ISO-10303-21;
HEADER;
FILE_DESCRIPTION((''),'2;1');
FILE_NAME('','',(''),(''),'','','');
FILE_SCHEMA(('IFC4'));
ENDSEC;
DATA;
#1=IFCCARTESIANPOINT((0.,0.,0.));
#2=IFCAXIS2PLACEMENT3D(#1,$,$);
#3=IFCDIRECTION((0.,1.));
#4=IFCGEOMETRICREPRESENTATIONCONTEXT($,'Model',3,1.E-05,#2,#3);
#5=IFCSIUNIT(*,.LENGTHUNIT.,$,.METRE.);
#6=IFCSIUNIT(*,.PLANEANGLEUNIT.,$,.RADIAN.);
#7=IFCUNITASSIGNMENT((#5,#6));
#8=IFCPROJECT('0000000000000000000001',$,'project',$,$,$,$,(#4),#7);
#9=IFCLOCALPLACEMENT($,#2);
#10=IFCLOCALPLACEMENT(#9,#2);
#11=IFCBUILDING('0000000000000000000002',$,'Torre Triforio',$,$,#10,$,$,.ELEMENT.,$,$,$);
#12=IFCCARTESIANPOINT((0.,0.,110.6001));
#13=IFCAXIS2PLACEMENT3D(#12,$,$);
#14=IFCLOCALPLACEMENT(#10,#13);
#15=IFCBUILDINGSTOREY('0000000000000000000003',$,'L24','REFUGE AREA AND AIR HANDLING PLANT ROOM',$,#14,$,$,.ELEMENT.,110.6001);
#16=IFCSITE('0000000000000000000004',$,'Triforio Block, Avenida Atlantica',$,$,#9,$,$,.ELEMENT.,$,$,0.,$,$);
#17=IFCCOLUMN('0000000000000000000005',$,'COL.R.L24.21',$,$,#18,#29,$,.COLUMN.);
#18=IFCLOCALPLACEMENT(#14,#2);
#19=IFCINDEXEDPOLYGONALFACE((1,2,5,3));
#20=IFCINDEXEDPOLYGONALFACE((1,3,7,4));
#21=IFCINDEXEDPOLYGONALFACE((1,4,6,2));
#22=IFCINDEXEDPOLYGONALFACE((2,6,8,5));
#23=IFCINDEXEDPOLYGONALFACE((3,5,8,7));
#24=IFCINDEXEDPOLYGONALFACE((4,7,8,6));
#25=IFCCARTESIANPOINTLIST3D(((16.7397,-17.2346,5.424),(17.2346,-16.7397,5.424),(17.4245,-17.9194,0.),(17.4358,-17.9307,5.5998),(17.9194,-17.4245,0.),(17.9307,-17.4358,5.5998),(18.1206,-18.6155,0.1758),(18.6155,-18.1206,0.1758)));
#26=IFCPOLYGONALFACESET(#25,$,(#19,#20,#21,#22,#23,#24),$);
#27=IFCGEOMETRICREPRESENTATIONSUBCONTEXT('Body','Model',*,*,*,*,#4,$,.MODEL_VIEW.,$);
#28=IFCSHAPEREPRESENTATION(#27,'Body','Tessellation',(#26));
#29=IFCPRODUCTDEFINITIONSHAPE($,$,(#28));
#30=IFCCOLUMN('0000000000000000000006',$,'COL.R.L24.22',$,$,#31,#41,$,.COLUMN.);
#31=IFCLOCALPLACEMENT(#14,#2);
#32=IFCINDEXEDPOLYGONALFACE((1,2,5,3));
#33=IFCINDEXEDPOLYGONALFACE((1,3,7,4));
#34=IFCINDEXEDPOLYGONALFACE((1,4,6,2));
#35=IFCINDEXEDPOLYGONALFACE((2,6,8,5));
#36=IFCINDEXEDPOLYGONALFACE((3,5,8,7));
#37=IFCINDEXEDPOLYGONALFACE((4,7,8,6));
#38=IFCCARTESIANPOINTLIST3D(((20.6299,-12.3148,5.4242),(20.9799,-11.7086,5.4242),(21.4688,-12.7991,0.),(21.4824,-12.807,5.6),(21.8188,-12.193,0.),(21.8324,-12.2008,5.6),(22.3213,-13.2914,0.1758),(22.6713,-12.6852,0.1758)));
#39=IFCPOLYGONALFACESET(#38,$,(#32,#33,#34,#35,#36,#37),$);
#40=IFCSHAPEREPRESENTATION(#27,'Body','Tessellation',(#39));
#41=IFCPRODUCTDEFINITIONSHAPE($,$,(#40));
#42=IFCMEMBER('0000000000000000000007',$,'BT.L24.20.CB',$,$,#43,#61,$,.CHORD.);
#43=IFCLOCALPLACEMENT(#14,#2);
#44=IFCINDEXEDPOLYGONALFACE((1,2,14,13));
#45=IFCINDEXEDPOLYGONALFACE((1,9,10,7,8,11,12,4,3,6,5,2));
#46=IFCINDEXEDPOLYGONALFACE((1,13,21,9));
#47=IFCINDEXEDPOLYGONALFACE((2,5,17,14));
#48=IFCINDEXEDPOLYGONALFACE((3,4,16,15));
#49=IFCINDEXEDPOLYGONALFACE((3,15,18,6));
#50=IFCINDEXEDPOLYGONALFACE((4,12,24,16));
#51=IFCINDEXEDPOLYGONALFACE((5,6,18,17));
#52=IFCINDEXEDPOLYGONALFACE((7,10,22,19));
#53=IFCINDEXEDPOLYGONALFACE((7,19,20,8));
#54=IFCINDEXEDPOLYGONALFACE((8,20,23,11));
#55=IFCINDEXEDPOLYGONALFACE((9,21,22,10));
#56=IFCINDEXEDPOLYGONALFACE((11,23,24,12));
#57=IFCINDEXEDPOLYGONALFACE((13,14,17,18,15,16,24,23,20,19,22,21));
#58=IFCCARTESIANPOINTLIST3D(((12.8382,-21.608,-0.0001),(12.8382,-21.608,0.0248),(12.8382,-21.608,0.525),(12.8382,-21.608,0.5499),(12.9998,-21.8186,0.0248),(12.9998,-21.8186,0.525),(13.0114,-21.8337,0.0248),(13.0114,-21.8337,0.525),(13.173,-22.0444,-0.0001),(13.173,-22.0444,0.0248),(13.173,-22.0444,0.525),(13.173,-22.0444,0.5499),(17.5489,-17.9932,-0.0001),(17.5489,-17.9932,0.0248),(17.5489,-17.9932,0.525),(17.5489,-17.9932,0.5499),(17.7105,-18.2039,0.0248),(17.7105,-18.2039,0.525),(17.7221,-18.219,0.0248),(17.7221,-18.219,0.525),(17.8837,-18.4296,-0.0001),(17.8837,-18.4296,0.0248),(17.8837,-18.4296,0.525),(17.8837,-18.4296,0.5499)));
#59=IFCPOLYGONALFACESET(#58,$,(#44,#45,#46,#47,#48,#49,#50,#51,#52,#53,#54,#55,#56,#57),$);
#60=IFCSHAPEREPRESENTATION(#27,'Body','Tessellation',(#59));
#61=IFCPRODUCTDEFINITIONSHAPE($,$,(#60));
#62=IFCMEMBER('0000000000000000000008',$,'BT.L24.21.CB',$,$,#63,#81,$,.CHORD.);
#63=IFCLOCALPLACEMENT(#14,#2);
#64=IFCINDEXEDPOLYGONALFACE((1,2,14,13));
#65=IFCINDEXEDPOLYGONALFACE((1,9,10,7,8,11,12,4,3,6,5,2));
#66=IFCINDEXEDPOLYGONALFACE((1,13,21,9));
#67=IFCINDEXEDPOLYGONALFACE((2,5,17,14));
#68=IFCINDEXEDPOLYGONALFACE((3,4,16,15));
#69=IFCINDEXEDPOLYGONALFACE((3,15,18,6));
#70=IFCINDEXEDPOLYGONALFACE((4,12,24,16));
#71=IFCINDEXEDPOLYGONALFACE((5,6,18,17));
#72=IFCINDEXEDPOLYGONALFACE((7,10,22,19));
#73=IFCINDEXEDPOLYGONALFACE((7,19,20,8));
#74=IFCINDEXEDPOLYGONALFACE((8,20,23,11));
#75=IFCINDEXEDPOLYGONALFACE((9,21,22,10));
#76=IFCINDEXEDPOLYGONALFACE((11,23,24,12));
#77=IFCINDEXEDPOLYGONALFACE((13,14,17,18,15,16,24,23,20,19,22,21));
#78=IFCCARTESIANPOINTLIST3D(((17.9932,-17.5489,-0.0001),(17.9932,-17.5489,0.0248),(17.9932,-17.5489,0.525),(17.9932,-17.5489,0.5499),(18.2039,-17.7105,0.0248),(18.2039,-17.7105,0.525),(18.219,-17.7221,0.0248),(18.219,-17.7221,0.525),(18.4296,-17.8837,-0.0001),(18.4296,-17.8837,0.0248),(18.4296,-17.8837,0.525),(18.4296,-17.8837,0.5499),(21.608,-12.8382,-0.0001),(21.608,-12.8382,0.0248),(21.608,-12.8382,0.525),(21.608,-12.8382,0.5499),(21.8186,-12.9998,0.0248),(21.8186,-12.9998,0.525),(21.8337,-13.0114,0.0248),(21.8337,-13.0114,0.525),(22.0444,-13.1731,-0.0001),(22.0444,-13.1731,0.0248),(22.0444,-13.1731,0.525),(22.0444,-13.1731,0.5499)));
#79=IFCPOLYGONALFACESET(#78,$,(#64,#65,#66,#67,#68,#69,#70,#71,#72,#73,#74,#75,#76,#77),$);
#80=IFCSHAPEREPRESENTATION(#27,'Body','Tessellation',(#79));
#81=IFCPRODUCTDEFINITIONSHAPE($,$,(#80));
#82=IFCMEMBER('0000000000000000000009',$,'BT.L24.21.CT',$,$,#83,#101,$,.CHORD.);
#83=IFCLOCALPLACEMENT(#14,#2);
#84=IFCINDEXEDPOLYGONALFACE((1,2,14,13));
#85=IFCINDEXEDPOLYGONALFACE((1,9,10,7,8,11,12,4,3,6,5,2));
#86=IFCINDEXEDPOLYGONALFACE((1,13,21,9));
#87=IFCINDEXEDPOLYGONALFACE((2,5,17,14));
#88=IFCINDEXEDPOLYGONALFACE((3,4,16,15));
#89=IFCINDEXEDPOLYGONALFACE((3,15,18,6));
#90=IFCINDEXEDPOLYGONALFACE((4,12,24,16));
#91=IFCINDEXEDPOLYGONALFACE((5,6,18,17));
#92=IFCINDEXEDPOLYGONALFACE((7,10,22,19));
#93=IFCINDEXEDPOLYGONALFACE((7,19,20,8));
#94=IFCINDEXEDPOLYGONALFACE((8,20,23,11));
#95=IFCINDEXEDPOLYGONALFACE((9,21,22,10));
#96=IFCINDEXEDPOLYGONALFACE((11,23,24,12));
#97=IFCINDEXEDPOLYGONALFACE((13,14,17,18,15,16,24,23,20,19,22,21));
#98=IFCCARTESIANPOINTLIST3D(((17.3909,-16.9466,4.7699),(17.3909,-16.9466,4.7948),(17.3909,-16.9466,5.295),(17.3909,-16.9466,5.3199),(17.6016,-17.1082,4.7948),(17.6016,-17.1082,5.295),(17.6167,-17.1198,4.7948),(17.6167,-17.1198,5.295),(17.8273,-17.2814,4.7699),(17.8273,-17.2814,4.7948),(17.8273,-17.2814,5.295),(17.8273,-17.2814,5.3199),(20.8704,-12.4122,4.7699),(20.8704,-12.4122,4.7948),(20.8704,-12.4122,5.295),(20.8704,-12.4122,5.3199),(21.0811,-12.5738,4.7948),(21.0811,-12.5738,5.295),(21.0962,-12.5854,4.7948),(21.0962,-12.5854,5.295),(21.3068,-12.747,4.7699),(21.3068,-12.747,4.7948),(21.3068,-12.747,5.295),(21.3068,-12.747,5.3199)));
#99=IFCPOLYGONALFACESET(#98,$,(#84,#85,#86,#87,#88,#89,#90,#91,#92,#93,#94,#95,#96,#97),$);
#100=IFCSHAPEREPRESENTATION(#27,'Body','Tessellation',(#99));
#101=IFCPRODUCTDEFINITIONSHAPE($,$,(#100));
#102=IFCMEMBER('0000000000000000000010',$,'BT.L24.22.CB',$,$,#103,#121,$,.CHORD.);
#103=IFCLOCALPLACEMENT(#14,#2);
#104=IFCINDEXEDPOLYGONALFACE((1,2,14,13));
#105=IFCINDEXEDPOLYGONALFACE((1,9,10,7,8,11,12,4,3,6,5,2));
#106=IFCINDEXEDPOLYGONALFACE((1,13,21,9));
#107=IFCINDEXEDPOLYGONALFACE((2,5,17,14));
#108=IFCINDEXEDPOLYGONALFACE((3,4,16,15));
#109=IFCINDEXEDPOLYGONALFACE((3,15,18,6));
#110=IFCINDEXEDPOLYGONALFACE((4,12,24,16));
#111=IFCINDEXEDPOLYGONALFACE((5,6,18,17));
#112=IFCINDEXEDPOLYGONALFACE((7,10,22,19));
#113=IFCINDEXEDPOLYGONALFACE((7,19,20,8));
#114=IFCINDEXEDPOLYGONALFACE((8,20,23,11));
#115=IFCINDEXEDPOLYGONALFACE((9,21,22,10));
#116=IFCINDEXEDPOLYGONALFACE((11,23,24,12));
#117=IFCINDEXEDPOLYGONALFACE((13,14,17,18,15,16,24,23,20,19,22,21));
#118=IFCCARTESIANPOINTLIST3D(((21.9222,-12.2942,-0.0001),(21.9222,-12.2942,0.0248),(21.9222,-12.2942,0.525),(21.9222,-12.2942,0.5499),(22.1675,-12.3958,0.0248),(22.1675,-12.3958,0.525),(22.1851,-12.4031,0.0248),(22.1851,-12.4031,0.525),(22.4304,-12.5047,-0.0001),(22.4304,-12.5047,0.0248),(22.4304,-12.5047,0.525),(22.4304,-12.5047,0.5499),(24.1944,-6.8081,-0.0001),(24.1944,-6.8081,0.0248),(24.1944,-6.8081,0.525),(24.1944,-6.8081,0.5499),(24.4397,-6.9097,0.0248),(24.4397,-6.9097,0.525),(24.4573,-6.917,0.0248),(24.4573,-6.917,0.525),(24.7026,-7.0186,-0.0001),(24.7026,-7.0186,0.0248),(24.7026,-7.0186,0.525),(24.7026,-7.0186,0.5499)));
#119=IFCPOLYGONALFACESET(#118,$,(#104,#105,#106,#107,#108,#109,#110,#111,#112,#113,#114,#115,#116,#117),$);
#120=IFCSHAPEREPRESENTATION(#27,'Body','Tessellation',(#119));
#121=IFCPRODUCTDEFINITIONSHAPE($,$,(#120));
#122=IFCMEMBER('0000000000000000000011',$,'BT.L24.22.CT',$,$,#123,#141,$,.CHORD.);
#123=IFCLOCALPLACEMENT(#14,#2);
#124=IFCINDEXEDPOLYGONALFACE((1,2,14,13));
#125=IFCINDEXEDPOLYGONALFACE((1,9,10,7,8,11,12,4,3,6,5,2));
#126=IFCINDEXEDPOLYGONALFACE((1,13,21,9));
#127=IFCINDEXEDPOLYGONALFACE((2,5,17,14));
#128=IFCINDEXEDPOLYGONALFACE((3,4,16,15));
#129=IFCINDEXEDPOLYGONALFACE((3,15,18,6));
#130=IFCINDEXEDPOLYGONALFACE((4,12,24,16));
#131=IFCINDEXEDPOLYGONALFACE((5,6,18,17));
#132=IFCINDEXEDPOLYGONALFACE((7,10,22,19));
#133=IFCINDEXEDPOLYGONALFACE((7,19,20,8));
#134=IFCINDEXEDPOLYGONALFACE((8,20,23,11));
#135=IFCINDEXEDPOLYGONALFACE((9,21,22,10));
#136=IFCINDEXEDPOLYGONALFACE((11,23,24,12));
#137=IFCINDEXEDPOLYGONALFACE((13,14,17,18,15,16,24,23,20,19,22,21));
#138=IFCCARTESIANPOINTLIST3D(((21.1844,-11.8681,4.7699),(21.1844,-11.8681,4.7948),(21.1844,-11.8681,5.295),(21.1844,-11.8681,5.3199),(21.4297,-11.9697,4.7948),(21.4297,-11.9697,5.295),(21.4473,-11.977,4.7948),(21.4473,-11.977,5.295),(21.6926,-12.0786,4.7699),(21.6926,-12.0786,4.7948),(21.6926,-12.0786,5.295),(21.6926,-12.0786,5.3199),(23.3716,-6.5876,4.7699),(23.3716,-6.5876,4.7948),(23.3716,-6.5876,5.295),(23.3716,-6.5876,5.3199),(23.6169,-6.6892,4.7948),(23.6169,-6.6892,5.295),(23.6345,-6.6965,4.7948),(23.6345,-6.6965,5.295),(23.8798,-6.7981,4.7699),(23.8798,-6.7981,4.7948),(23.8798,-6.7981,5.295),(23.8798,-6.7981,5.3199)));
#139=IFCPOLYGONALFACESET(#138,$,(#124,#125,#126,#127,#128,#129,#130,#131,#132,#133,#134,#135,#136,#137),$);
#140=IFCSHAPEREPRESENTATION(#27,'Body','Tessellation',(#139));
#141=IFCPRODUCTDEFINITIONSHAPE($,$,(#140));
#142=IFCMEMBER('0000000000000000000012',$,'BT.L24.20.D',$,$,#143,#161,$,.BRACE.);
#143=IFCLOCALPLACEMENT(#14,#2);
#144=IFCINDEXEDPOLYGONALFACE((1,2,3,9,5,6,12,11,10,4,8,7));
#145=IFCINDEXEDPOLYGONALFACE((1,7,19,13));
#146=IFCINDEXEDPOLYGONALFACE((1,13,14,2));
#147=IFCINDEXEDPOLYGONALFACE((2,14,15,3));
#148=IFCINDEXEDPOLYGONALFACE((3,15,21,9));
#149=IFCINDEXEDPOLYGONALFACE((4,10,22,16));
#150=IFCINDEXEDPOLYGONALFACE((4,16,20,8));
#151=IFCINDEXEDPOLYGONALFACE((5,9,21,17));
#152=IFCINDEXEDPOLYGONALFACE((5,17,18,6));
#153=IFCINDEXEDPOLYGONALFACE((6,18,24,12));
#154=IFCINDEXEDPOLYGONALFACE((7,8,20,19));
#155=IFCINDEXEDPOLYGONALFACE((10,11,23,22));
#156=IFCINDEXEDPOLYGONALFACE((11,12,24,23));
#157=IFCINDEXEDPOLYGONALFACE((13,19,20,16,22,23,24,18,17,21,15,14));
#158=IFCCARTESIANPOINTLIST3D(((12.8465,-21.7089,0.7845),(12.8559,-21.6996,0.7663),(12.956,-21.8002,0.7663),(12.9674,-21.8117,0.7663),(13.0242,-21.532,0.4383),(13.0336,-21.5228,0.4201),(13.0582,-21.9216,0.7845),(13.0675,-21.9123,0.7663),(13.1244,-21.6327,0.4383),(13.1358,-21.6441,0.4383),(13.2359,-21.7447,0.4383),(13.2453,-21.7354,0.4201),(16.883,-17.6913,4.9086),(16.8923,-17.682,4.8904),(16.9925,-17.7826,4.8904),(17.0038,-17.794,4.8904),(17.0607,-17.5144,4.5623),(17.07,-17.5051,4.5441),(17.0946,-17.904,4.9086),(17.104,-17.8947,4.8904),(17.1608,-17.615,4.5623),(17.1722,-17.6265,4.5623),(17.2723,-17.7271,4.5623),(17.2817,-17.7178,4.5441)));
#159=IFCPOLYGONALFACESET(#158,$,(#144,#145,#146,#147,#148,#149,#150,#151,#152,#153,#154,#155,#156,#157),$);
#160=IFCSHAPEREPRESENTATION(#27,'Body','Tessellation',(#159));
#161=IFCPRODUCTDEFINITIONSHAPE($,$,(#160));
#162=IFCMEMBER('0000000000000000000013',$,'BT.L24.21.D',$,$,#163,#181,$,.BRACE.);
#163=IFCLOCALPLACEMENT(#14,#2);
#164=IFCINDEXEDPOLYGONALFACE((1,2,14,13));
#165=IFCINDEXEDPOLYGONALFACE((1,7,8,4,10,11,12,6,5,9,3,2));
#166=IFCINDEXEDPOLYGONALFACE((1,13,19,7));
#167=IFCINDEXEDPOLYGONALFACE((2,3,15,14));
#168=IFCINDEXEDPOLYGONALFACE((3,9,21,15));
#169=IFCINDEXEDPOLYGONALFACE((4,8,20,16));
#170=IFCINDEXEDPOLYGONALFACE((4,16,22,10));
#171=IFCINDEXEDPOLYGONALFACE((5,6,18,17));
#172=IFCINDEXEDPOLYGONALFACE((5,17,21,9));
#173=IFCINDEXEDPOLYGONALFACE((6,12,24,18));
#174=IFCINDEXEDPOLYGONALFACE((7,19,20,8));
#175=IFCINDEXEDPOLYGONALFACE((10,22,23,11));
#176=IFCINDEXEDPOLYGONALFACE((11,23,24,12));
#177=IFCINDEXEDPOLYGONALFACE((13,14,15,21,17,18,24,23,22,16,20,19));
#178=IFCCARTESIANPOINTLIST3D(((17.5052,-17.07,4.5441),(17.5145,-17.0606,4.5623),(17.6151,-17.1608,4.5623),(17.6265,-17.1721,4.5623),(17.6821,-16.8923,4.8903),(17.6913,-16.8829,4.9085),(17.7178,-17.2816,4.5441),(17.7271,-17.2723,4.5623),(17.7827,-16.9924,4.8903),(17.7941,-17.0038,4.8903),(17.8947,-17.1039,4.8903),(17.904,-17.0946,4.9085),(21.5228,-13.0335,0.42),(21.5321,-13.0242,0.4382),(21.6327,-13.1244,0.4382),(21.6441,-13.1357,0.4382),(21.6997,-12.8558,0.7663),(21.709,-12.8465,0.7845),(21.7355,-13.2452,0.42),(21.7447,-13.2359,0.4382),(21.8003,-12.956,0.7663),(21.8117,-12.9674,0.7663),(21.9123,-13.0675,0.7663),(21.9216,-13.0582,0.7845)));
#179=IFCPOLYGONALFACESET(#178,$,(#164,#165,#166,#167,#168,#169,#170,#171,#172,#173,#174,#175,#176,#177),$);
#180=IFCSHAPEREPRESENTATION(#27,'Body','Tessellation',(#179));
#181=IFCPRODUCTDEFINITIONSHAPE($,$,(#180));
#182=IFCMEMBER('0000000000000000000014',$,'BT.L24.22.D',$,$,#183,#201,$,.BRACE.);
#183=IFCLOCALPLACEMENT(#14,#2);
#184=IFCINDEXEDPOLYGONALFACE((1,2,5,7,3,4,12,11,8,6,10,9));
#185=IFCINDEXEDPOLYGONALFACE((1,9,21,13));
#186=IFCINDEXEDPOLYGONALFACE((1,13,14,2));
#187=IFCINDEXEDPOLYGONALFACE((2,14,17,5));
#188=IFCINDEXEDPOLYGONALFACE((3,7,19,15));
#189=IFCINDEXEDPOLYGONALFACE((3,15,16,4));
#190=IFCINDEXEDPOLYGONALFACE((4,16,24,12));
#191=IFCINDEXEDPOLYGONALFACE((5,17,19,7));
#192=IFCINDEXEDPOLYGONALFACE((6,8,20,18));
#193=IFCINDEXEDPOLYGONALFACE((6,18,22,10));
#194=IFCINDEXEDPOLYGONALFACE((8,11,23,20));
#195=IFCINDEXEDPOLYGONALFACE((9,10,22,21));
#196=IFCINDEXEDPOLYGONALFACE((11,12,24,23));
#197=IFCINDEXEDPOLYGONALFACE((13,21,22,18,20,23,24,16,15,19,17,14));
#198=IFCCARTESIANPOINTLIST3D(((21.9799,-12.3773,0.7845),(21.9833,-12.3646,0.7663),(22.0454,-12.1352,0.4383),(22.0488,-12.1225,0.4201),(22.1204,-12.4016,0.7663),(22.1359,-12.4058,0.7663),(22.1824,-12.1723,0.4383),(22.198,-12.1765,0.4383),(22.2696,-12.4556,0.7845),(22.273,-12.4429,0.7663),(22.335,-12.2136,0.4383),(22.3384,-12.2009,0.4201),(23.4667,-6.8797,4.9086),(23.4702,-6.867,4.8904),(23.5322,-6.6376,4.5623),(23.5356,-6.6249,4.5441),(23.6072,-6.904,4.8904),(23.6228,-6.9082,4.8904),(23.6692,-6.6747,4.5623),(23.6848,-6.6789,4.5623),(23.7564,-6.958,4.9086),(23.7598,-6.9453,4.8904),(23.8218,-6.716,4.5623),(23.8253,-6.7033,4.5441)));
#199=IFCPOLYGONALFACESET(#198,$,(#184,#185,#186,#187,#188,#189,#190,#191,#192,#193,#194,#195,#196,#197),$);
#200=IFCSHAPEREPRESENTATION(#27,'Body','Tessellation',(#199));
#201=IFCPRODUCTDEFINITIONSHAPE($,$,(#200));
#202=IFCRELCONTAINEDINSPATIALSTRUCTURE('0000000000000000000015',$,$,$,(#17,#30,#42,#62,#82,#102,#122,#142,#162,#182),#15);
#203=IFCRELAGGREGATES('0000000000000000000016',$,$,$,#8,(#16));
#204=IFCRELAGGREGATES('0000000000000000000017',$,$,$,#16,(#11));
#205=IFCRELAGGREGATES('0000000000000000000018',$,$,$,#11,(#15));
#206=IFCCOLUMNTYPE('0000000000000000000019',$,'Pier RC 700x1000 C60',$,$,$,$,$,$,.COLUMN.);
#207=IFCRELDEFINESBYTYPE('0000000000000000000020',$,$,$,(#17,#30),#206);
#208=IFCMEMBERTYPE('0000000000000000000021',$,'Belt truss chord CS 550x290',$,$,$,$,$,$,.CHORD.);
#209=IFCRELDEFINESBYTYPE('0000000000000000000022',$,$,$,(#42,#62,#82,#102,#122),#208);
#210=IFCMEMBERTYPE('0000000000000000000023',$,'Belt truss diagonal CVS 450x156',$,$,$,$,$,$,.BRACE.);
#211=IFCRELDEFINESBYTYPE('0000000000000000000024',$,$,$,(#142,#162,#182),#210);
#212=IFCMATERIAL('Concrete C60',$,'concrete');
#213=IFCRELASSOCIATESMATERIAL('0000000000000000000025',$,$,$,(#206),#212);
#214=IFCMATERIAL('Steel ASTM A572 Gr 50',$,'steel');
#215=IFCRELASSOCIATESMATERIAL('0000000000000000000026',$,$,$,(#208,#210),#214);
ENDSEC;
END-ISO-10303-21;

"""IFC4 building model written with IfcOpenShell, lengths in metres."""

from ifc_helpers import new_model, si_unit, direction, frame, origin, origin_2d, place, context, subcontext, project, spatial, rectangle, i_section, extrude, material, material_profile, profile_set, type_object, element, save


model = new_model("IFC4")

# Units and contexts
model_context = context("Model", 3, precision=1e-05, world=origin(), true_north=direction((0.0, 1.0)))
body_context = subcontext(model_context, "Body", "Model", "MODEL_VIEW")
ifc_project = project(units=[si_unit("LENGTHUNIT", "METRE"), si_unit("PLANEANGLEUNIT", "RADIAN")], contexts=[model_context])

# Site, building, storey
site_placement = place(None, origin())
site = spatial("IfcSite", under=ifc_project, at=site_placement, Name="Triforio Block, Avenida Atlantica", CompositionType="ELEMENT", RefElevation=0.0)
building_placement = place(site_placement, origin())
building = spatial("IfcBuilding", under=site, at=building_placement, Name="Torre Triforio", CompositionType="ELEMENT")
storey_placement = place(building_placement, frame((0.0, 0.0, 110.6001)))
storey = spatial("IfcBuildingStorey", under=building, at=storey_placement, Name="L24", Description="REFUGE AREA AND AIR HANDLING PLANT ROOM", CompositionType="ELEMENT", Elevation=110.6001)

# Columns
ifc_material_1 = material(Name="Concrete C60", Category="concrete")
ifc_material_profile_1 = material_profile(ifc_material_1, rectangle(XDim=0.7, YDim=1.0, at=origin_2d()), Name="RC 700x1000")
ifc_profile_set_1 = profile_set([ifc_material_profile_1], Name="Concrete C60")
column_type = type_object("IfcColumnType", Name="Pier RC 700x1000 C60", PredefinedType="COLUMN", material=ifc_profile_set_1)
column_1_placement = place(storey_placement, frame((18.02, -18.02, 0.0879), z_axis=(-0.124289, 0.124289, 0.984431), x_axis=(-0.707107, -0.707107, 0.0)))
element("IfcColumn", 1, at=column_1_placement, inside=storey, type_object=column_type, Name="COL.R.L24.21", PredefinedType="COLUMN", context=body_context, shape_type="SweptSolid", body=[
    extrude(rectangle(XDim=0.7, YDim=1.0, at=origin_2d()), origin(), (0.0, 0.0, 1.0), 5.5098),
])
column_2_placement = place(storey_placement, frame((22.0701, -12.7422, 0.0879), z_axis=(-0.152248, 0.08791, 0.984425), x_axis=(-0.500042, -0.866001, 0.0)))
element("IfcColumn", 2, at=column_2_placement, inside=storey, type_object=column_type, Name="COL.R.L24.22", PredefinedType="COLUMN", context=body_context, shape_type="SweptSolid", body=[
    extrude(rectangle(XDim=0.7, YDim=1.0, at=origin_2d()), origin(), (0.0, 0.0, 1.0), 5.51),
])

# Members
ifc_material_2 = material(Name="Steel ASTM A572 Gr 50", Category="steel")
ifc_material_profile_2 = material_profile(ifc_material_2, i_section(OverallWidth=0.55, OverallDepth=0.55, WebThickness=0.019, FlangeThickness=0.0249, at=origin_2d()), Name="CS 550x290")
ifc_profile_set_2 = profile_set([ifc_material_profile_2], Name="Steel ASTM A572 Gr 50")
member_type_1 = type_object("IfcMemberType", Name="Belt truss chord CS 550x290", PredefinedType="CHORD", material=ifc_profile_set_2)
for number, where, z_axis, x_axis, name in (
    (3, (13.0056, -21.8262, 0.2749), (0.793345, 0.608772, 0.0), (-0.608772, 0.793345, 0.0), "BT.L24.20.CB"),
    (4, (18.2114, -17.7163, 0.2749), (0.608772, 0.793345, 0.0), (-0.793345, 0.608772, 0.0), "BT.L24.21.CB"),
):
    element("IfcMember", number, at=place(storey_placement, frame(where, z_axis=z_axis, x_axis=x_axis)), inside=storey, type_object=member_type_1, Name=name, PredefinedType="CHORD", context=body_context, shape_type="SweptSolid", body=[
        extrude(i_section(OverallWidth=0.55, OverallDepth=0.55, WebThickness=0.019, FlangeThickness=0.0249, at=origin_2d()), origin(), (0.0, 0.0, 1.0), 5.9377),
    ])
member_1_placement = place(storey_placement, frame((17.6091, -17.114, 5.0449), z_axis=(0.608773, 0.793344, 0.0), x_axis=(-0.793344, 0.608773, 0.0)))
element("IfcMember", 5, at=member_1_placement, inside=storey, type_object=member_type_1, Name="BT.L24.21.CT", PredefinedType="CHORD", context=body_context, shape_type="SweptSolid", body=[
    extrude(i_section(OverallWidth=0.55, OverallDepth=0.55, WebThickness=0.019, FlangeThickness=0.0249, at=origin_2d()), origin(), (0.0, 0.0, 1.0), 5.7156),
])
member_2_placement = place(storey_placement, frame((22.1763, -12.3994, 0.2749), z_axis=(0.382656, 0.923891, 0.0), x_axis=(-0.923891, 0.382656, 0.0)))
element("IfcMember", 6, at=member_2_placement, inside=storey, type_object=member_type_1, Name="BT.L24.22.CB", PredefinedType="CHORD", context=body_context, shape_type="SweptSolid", body=[
    extrude(i_section(OverallWidth=0.55, OverallDepth=0.55, WebThickness=0.019, FlangeThickness=0.0249, at=origin_2d()), origin(), (0.0, 0.0, 1.0), 5.938),
])
member_3_placement = place(storey_placement, frame((21.4385, -11.9734, 5.0449), z_axis=(0.382683, 0.92388, 0.0), x_axis=(-0.92388, 0.382683, 0.0)))
element("IfcMember", 7, at=member_3_placement, inside=storey, type_object=member_type_1, Name="BT.L24.22.CT", PredefinedType="CHORD", context=body_context, shape_type="SweptSolid", body=[
    extrude(i_section(OverallWidth=0.55, OverallDepth=0.55, WebThickness=0.019, FlangeThickness=0.0249, at=origin_2d()), origin(), (0.0, 0.0, 1.0), 5.7156),
])
ifc_material_profile_3 = material_profile(ifc_material_2, i_section(OverallWidth=0.3, OverallDepth=0.45, WebThickness=0.0161, FlangeThickness=0.0225, at=origin_2d()), Name="CVS 450x156")
ifc_profile_set_3 = profile_set([ifc_material_profile_3], Name="Steel ASTM A572 Gr 50")
member_type_2 = type_object("IfcMemberType", Name="Belt truss diagonal CVS 450x156", PredefinedType="BRACE", material=ifc_profile_set_3)
for number, where, z_axis, x_axis, name in (
    (8, (13.0459, -21.7222, 0.6023), (0.574049, 0.571375, 0.586514), (-0.705454, 0.708755, 0.0), "BT.L24.20.D"),
    (9, (17.7046, -17.0823, 4.7263), (0.571375, 0.574049, -0.586514), (-0.708755, 0.705454, 0.0), "BT.L24.21.D"),
    (10, (22.1592, -12.2891, 0.6023), (0.211452, 0.781852, 0.586511), (-0.96532, 0.261071, 0.0), "BT.L24.22.D"),
):
    element("IfcMember", number, at=place(storey_placement, frame(where, z_axis=z_axis, x_axis=x_axis)), inside=storey, type_object=member_type_2, Name=name, PredefinedType="BRACE", context=body_context, shape_type="SweptSolid", body=[
        extrude(i_section(OverallWidth=0.3, OverallDepth=0.45, WebThickness=0.0161, FlangeThickness=0.0225, at=origin_2d()), origin(), (0.0, 0.0, 1.0), 7.0315),
    ])

save(model, "model.ifc")
